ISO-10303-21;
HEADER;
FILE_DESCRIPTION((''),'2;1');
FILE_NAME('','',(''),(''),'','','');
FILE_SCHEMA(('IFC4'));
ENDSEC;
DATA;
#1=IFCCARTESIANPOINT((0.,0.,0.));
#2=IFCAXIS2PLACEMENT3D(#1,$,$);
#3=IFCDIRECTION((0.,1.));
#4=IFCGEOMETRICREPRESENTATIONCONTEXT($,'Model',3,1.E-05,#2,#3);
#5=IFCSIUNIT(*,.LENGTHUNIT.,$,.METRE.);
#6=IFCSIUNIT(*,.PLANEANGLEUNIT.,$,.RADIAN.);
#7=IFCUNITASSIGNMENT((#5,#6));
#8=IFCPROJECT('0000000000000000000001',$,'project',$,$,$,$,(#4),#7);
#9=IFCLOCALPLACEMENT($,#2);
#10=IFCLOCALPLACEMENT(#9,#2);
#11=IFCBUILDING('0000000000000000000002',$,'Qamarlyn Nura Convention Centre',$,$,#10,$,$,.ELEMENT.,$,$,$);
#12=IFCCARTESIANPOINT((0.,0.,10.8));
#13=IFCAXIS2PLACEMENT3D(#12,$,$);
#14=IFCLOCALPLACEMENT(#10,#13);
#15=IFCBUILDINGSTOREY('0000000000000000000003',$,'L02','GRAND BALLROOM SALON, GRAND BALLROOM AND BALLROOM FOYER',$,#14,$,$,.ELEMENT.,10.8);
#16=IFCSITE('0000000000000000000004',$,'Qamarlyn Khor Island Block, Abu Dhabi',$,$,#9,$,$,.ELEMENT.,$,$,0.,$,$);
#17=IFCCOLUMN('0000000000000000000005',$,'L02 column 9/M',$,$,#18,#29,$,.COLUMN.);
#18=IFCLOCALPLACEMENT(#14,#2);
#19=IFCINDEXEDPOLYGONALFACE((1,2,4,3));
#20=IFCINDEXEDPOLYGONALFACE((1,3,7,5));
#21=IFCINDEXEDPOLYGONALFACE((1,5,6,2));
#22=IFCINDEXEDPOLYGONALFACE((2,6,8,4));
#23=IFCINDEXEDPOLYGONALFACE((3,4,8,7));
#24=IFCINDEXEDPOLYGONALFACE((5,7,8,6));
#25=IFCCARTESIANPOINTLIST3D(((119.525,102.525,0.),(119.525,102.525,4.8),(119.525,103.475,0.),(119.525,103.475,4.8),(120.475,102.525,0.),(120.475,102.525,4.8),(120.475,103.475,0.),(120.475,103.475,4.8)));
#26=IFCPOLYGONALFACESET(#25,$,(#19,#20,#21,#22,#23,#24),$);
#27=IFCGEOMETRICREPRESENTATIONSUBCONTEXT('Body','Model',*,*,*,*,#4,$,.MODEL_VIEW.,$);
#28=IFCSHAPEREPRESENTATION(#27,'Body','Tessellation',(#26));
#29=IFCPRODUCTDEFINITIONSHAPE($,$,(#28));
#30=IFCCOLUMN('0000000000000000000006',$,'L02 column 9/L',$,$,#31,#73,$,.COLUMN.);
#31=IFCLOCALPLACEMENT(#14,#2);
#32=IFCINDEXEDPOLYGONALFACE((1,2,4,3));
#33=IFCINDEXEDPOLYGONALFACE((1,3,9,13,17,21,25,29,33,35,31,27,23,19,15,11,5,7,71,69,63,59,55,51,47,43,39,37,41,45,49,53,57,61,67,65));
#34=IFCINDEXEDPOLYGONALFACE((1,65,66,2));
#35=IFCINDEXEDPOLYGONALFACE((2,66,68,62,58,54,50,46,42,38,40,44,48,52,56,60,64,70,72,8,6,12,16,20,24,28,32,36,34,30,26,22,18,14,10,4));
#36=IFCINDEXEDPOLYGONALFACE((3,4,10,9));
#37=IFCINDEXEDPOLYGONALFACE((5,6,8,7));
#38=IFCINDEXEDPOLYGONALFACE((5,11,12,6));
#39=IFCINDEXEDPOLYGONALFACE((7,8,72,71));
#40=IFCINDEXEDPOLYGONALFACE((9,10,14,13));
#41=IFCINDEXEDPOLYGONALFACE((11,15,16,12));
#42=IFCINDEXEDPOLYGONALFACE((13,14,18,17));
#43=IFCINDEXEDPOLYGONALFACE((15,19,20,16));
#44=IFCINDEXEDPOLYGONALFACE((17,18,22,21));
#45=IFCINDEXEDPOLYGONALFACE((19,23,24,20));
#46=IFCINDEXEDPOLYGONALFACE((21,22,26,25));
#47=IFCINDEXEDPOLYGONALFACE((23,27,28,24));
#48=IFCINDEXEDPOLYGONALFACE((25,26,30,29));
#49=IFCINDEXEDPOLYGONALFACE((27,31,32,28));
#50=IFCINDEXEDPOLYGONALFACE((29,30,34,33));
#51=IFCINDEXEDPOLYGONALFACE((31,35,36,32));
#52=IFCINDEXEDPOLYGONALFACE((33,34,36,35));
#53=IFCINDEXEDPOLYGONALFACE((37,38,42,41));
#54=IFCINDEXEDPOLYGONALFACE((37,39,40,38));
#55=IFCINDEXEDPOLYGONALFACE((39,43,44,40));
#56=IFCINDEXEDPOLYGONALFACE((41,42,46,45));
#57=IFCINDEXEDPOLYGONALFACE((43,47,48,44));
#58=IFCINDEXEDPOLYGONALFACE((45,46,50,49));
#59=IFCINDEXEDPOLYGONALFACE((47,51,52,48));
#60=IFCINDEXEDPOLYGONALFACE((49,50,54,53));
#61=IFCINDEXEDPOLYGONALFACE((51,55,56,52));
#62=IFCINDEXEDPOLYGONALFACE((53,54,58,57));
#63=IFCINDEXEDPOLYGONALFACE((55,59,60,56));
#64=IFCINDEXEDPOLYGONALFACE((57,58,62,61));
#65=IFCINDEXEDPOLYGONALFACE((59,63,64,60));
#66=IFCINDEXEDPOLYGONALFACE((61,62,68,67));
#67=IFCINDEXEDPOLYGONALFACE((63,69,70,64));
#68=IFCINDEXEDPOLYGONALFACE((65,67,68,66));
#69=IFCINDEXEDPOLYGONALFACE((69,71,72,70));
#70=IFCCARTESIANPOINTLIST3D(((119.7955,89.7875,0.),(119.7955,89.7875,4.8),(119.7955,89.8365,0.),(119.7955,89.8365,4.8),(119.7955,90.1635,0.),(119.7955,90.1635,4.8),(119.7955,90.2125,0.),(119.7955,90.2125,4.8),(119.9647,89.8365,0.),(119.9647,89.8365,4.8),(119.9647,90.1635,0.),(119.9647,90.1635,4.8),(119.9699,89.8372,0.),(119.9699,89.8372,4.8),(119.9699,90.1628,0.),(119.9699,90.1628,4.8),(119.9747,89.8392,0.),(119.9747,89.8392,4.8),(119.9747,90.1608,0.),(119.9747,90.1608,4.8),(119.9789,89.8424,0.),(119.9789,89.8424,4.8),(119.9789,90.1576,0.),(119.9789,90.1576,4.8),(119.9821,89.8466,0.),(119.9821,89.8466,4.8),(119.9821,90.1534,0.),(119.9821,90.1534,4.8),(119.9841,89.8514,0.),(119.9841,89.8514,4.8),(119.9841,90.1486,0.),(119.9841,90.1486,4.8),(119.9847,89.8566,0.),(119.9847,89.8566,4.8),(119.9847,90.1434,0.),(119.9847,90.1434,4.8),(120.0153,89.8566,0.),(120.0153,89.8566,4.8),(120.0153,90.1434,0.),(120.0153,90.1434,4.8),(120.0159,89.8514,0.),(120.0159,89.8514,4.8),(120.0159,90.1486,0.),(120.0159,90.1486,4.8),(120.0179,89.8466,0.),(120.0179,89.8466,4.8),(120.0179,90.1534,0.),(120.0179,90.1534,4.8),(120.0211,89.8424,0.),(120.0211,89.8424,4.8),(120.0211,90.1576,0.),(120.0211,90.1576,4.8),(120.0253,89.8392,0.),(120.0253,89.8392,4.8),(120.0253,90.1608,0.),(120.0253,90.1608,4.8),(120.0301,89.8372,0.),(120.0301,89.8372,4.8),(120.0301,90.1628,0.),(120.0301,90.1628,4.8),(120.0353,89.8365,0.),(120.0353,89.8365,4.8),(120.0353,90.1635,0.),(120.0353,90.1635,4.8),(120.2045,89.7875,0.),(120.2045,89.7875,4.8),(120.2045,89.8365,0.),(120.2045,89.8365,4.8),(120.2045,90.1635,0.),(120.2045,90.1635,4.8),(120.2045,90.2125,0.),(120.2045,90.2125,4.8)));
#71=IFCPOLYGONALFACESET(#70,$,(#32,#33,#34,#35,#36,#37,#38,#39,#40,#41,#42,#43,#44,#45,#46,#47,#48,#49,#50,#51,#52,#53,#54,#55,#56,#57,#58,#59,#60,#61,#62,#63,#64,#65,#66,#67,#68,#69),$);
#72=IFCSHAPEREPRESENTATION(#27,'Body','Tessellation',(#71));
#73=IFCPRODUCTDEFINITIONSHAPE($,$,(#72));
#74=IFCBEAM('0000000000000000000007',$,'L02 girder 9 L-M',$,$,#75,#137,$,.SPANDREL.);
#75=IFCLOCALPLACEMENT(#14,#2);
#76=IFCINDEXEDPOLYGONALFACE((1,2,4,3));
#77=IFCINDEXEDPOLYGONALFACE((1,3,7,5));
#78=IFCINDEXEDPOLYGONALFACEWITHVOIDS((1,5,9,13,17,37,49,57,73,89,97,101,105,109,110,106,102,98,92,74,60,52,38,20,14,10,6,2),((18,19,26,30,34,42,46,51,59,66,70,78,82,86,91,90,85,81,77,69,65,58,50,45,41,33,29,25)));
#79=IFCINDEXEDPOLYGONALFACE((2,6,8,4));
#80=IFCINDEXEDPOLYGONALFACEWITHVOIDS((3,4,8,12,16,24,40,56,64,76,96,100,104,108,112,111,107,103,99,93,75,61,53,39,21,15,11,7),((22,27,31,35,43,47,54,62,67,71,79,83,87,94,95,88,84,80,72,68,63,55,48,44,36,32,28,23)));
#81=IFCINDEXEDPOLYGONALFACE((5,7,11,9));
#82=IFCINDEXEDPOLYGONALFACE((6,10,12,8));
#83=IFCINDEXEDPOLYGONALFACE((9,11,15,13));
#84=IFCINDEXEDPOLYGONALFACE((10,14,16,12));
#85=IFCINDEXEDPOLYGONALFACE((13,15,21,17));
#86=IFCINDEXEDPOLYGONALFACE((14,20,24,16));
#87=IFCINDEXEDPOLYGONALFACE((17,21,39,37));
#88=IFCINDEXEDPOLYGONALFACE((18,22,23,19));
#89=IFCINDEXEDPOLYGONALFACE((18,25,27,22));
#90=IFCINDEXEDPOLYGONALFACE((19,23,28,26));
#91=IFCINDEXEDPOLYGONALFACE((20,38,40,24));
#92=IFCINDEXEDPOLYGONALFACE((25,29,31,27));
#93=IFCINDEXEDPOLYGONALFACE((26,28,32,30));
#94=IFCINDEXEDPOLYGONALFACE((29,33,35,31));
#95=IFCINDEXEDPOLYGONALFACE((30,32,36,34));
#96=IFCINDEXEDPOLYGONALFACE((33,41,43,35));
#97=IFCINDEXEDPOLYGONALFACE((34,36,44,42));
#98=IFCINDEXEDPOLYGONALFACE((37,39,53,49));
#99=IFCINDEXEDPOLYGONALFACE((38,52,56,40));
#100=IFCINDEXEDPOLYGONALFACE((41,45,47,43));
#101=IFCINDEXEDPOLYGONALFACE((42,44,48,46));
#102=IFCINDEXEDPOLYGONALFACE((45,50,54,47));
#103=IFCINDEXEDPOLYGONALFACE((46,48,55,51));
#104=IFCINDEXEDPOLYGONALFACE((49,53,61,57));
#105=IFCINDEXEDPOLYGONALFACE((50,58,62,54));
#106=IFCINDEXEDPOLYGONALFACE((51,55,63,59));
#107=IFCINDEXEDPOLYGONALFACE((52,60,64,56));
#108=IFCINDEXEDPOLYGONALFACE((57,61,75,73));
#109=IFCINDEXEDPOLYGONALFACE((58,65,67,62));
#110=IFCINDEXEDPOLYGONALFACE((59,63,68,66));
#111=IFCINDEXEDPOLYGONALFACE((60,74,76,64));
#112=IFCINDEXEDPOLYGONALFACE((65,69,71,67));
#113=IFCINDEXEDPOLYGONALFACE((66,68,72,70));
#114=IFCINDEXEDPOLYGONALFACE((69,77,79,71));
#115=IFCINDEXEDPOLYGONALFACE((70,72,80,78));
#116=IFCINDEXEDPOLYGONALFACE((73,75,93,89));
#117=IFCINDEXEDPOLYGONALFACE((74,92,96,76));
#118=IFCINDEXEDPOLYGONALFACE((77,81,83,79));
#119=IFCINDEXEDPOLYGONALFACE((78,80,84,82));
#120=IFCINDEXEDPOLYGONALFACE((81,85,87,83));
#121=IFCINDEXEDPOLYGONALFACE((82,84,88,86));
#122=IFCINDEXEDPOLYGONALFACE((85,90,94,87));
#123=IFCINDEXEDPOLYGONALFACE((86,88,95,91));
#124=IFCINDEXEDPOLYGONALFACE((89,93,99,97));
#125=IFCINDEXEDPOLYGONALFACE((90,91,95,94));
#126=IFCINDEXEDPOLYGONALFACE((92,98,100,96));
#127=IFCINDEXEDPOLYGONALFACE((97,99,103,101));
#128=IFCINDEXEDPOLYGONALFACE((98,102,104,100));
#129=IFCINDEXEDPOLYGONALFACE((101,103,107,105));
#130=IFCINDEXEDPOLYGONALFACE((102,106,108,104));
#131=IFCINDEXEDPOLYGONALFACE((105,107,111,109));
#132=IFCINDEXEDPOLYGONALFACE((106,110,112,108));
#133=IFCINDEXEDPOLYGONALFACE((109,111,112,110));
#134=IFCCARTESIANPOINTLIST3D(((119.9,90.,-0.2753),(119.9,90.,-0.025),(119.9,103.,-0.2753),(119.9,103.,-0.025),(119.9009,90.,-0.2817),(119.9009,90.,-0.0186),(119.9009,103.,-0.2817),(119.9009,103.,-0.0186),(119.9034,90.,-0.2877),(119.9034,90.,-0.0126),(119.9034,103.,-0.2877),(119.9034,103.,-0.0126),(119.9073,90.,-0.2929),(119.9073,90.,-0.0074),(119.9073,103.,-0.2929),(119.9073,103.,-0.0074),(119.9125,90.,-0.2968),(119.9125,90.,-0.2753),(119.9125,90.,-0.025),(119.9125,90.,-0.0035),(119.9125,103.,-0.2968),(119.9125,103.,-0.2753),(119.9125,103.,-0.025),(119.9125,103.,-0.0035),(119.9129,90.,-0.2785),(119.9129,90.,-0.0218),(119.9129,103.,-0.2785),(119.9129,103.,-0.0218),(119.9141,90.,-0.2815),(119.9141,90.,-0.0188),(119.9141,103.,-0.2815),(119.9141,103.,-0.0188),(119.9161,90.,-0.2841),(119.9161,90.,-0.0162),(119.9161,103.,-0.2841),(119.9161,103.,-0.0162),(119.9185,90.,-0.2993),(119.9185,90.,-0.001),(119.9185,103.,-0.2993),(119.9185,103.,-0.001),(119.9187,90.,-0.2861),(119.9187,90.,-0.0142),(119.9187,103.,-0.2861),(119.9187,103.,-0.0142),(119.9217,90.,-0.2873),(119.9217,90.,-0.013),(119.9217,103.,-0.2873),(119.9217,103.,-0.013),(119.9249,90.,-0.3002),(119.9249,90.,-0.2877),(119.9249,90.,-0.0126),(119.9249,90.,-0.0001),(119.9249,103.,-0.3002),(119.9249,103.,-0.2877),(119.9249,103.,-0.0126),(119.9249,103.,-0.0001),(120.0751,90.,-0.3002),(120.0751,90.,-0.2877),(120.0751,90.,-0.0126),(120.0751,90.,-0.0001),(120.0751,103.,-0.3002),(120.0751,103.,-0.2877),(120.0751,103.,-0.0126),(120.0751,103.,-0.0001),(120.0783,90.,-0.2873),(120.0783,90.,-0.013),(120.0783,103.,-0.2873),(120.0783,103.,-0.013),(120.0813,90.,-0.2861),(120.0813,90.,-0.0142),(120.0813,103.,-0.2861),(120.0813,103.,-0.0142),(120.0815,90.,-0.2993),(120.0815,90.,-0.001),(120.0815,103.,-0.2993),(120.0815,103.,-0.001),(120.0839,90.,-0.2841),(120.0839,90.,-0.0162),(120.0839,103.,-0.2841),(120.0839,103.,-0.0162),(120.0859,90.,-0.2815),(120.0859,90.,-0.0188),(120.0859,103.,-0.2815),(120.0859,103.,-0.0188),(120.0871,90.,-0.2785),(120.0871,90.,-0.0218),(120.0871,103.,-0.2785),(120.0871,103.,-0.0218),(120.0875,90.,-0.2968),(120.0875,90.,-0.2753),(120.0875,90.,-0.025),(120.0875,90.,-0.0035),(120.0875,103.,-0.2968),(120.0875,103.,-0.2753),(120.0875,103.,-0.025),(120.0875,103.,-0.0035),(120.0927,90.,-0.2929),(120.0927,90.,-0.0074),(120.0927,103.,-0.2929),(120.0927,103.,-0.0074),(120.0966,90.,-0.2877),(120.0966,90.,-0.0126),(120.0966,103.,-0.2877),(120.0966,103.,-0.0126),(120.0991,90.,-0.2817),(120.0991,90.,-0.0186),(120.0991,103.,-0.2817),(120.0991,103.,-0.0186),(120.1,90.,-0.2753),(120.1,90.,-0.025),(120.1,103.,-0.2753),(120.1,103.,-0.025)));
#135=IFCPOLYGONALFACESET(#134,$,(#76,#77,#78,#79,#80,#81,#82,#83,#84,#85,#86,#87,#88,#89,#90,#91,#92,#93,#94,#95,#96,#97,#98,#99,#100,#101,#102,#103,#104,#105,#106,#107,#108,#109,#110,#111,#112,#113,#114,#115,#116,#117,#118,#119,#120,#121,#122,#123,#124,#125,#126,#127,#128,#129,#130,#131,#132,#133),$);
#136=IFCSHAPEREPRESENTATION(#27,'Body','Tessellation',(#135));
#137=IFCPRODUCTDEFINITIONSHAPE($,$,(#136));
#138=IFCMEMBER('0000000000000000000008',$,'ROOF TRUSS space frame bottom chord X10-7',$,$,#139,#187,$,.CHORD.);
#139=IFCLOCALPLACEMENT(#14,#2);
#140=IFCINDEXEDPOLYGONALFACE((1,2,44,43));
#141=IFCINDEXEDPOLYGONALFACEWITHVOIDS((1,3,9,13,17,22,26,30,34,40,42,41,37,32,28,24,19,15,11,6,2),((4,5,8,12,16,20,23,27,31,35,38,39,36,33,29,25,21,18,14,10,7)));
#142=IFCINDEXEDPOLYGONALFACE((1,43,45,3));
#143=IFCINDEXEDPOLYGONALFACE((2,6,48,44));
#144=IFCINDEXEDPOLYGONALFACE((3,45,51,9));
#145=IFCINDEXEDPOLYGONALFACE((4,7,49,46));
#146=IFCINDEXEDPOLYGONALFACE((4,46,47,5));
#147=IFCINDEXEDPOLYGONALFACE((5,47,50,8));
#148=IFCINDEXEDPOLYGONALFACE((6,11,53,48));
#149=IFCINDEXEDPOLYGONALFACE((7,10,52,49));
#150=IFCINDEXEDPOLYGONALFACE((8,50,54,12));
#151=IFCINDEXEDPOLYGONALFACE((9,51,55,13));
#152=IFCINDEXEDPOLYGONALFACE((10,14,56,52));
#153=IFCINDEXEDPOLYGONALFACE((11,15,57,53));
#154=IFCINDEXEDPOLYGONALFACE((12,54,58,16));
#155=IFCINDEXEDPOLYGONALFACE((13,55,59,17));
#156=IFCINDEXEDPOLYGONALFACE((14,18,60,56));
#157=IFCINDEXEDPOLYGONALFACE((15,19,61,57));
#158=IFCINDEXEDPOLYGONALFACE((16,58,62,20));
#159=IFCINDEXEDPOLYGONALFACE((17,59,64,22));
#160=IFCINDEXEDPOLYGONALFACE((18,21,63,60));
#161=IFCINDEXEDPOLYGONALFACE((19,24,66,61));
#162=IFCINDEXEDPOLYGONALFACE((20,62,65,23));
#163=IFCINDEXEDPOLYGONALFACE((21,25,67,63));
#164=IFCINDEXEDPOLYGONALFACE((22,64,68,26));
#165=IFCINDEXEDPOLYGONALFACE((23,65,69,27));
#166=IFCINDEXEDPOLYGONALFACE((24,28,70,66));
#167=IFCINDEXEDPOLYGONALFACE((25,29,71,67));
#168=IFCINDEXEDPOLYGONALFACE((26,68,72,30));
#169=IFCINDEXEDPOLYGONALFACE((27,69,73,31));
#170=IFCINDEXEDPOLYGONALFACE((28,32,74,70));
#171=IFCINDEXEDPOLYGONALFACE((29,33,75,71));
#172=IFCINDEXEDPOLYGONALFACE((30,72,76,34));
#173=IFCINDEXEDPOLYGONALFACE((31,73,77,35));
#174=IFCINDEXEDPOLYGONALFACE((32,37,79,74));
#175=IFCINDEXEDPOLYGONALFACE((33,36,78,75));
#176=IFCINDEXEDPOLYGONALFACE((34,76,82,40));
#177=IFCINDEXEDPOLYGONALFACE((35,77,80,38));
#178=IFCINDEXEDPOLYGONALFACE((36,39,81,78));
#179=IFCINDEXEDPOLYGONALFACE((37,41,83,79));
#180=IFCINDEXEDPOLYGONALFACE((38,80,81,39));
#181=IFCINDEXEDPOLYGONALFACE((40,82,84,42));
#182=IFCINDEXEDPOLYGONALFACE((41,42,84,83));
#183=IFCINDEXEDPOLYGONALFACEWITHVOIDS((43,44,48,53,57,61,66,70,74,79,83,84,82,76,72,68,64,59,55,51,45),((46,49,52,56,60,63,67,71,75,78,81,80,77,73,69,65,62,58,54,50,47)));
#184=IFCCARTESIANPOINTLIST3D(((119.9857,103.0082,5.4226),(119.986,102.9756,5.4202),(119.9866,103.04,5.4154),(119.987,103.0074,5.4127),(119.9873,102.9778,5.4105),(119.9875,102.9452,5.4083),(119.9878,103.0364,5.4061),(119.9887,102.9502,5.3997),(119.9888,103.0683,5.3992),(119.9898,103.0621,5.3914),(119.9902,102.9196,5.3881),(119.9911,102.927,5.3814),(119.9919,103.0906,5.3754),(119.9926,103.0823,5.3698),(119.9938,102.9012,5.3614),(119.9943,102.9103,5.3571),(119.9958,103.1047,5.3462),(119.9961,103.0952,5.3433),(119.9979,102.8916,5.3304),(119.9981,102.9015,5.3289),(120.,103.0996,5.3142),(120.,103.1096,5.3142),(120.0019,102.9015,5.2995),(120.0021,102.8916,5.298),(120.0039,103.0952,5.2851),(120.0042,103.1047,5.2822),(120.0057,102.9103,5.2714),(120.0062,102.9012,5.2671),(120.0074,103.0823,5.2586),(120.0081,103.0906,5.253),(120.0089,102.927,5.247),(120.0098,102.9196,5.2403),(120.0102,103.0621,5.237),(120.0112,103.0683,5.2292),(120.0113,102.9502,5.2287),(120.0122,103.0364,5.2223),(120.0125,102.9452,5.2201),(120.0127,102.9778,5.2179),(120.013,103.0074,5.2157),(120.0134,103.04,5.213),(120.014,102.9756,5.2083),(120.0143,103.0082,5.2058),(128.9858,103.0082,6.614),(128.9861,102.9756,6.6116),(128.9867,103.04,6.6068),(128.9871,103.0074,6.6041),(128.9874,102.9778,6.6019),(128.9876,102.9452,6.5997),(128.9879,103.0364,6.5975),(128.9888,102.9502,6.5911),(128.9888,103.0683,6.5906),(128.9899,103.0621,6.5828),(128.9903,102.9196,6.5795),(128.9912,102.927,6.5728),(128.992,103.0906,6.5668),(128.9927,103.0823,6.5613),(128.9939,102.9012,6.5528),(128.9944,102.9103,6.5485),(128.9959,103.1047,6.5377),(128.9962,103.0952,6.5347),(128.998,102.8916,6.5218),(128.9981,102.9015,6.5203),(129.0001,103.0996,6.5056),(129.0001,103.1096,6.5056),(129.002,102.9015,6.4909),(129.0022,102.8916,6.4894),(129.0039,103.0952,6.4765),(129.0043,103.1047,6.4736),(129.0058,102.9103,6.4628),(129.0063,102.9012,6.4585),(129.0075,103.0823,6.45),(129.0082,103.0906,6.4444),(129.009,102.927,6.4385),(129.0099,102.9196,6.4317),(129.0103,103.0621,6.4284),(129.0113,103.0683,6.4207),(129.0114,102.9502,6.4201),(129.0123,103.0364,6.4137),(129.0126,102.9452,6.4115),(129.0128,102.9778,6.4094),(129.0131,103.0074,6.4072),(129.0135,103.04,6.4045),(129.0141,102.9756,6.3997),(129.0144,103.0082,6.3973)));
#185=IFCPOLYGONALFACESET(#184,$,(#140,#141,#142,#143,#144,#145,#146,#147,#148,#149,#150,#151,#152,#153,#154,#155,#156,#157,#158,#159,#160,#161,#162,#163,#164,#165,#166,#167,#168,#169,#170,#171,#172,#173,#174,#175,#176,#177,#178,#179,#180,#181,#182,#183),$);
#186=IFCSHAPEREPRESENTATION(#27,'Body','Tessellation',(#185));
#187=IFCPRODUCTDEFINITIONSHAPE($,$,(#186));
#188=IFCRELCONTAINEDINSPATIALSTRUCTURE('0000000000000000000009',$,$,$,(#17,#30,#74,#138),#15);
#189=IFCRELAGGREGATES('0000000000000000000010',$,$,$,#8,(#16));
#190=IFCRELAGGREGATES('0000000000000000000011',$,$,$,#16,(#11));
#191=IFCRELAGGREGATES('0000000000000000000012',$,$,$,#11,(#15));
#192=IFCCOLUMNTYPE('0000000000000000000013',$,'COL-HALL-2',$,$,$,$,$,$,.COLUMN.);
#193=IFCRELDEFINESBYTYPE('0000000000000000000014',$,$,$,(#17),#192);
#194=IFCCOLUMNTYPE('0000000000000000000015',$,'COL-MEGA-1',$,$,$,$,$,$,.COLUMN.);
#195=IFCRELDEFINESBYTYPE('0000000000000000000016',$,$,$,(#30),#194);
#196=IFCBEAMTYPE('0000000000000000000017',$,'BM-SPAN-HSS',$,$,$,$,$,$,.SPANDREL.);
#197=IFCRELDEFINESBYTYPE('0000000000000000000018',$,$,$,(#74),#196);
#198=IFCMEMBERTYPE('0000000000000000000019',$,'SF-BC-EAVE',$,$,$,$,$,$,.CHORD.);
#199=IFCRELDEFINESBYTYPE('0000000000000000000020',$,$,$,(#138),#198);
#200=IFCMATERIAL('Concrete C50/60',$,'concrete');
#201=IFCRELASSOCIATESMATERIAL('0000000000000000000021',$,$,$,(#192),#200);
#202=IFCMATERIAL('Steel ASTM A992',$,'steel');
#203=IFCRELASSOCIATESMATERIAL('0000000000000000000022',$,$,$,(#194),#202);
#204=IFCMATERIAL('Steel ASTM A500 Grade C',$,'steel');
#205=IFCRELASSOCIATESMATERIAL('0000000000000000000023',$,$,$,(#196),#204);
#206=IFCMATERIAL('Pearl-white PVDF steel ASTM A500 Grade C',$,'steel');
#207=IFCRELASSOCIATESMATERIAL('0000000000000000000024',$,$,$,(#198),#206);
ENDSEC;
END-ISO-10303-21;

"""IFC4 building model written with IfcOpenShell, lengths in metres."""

from ifc_helpers import new_model, si_unit, direction, frame, origin, origin_2d, place, context, subcontext, project, spatial, rectangle, hollow_rectangle, hollow_circle, i_section, extrude, material, material_profile, profile_set, type_object, element, save


model = new_model("IFC4")

# Units and contexts
model_context = context("Model", 3, precision=1e-05, world=origin(), true_north=direction((0.0, 1.0)))
body_context = subcontext(model_context, "Body", "Model", "MODEL_VIEW")
ifc_project = project(units=[si_unit("LENGTHUNIT", "METRE"), si_unit("PLANEANGLEUNIT", "RADIAN")], contexts=[model_context])

# Site, building, storey
site_placement = place(None, origin())
site = spatial("IfcSite", under=ifc_project, at=site_placement, Name="Qamarlyn Khor Island Block, Abu Dhabi", CompositionType="ELEMENT", RefElevation=0.0)
building_placement = place(site_placement, origin())
building = spatial("IfcBuilding", under=site, at=building_placement, Name="Qamarlyn Nura Convention Centre", CompositionType="ELEMENT")
storey_placement = place(building_placement, frame((0.0, 0.0, 10.8)))
storey = spatial("IfcBuildingStorey", under=building, at=storey_placement, Name="L02", Description="GRAND BALLROOM SALON, GRAND BALLROOM AND BALLROOM FOYER", CompositionType="ELEMENT", Elevation=10.8)

# Columns
ifc_material_1 = material(Name="Concrete C50/60", Category="concrete")
ifc_material_profile_1 = material_profile(ifc_material_1, rectangle(XDim=0.95, YDim=0.95, at=origin_2d()), Name="RC 950x950")
ifc_profile_set_1 = profile_set([ifc_material_profile_1], Name="Concrete C50/60")
column_type_1 = type_object("IfcColumnType", Name="COL-HALL-2", PredefinedType="COLUMN", material=ifc_profile_set_1)
column_1_placement = place(storey_placement, frame((120.0, 103.0, 0.0), z_axis=(0.0, 0.0, 1.0), x_axis=(1.0, 0.0, 0.0)))
element("IfcColumn", 1, at=column_1_placement, inside=storey, type_object=column_type_1, Name="L02 column 9/M", PredefinedType="COLUMN", context=body_context, shape_type="SweptSolid", body=[
    extrude(rectangle(XDim=0.95, YDim=0.95, at=origin_2d()), origin(), (0.0, 0.0, 1.0), 4.8),
])
ifc_material_2 = material(Name="Steel ASTM A992", Category="steel")
ifc_material_profile_2 = material_profile(ifc_material_2, i_section(OverallWidth=0.4089, OverallDepth=0.425, WebThickness=0.0305, FlangeThickness=0.0491, FilletRadius=0.02, at=origin_2d()), Name="W360X421")
ifc_profile_set_2 = profile_set([ifc_material_profile_2], Name="Steel ASTM A992")
column_type_2 = type_object("IfcColumnType", Name="COL-MEGA-1", PredefinedType="COLUMN", material=ifc_profile_set_2)
column_2_placement = place(storey_placement, frame((120.0, 90.0, 0.0), z_axis=(0.0, 0.0, 1.0), x_axis=(1.0, 0.0, 0.0)))
element("IfcColumn", 2, at=column_2_placement, inside=storey, type_object=column_type_2, Name="L02 column 9/L", PredefinedType="COLUMN", context=body_context, shape_type="SweptSolid", body=[
    extrude(i_section(OverallWidth=0.4089, OverallDepth=0.425, WebThickness=0.0305, FlangeThickness=0.0491, FilletRadius=0.02, at=origin_2d()), origin(), (0.0, 0.0, 1.0), 4.8),
])

# Beam
ifc_material_3 = material(Name="Steel ASTM A500 Grade C", Category="steel")
ifc_material_profile_3 = material_profile(ifc_material_3, hollow_rectangle(XDim=0.2, YDim=0.3, WallThickness=0.0125, InnerFilletRadius=0.0125, OuterFilletRadius=0.0249, at=origin_2d()), Name="HSS300X200X12.5")
ifc_profile_set_3 = profile_set([ifc_material_profile_3], Name="Steel ASTM A500 Grade C")
beam_type = type_object("IfcBeamType", Name="BM-SPAN-HSS", PredefinedType="SPANDREL", material=ifc_profile_set_3)
beam_placement = place(storey_placement, frame((120.0, 90.0, -0.1501), z_axis=(0.0, 1.0, 0.0), x_axis=(-1.0, 0.0, 0.0)))
element("IfcBeam", 3, at=beam_placement, inside=storey, type_object=beam_type, Name="L02 girder 9 L-M", PredefinedType="SPANDREL", context=body_context, shape_type="SweptSolid", body=[
    extrude(hollow_rectangle(XDim=0.2, YDim=0.3, WallThickness=0.0125, InnerFilletRadius=0.0125, OuterFilletRadius=0.0249, at=origin_2d()), origin(), (0.0, 0.0, 1.0), 13.0),
])

# Member
ifc_material_4 = material(Name="Pearl-white PVDF steel ASTM A500 Grade C", Category="steel")
ifc_material_profile_4 = material_profile(ifc_material_4, hollow_circle(Radius=0.1096, WallThickness=0.01, at=origin_2d()), Name="CHS219.1X10")
ifc_profile_set_4 = profile_set([ifc_material_profile_4], Name="Pearl-white PVDF steel ASTM A500 Grade C")
member_type_1 = type_object("IfcMemberType", Name="SF-BC-EAVE", PredefinedType="CHORD", material=ifc_profile_set_4)
for number, where, z_axis, x_axis, name in (
    (4, (120.0, 103.0, 5.3142), (0.991351, 0.0, 0.131234), (0.0, 1.0, 0.0), "ROOF TRUSS space frame bottom chord X10-7"),
):
    element("IfcMember", number, at=place(storey_placement, frame(where, z_axis=z_axis, x_axis=x_axis)), inside=storey, type_object=member_type_1, Name=name, PredefinedType="CHORD", context=body_context, shape_type="SweptSolid", body=[
        extrude(hollow_circle(Radius=0.1096, WallThickness=0.01, at=origin_2d()), origin(), (0.0, 0.0, 1.0), 9.0786),
    ])

save(model, "model.ifc")
